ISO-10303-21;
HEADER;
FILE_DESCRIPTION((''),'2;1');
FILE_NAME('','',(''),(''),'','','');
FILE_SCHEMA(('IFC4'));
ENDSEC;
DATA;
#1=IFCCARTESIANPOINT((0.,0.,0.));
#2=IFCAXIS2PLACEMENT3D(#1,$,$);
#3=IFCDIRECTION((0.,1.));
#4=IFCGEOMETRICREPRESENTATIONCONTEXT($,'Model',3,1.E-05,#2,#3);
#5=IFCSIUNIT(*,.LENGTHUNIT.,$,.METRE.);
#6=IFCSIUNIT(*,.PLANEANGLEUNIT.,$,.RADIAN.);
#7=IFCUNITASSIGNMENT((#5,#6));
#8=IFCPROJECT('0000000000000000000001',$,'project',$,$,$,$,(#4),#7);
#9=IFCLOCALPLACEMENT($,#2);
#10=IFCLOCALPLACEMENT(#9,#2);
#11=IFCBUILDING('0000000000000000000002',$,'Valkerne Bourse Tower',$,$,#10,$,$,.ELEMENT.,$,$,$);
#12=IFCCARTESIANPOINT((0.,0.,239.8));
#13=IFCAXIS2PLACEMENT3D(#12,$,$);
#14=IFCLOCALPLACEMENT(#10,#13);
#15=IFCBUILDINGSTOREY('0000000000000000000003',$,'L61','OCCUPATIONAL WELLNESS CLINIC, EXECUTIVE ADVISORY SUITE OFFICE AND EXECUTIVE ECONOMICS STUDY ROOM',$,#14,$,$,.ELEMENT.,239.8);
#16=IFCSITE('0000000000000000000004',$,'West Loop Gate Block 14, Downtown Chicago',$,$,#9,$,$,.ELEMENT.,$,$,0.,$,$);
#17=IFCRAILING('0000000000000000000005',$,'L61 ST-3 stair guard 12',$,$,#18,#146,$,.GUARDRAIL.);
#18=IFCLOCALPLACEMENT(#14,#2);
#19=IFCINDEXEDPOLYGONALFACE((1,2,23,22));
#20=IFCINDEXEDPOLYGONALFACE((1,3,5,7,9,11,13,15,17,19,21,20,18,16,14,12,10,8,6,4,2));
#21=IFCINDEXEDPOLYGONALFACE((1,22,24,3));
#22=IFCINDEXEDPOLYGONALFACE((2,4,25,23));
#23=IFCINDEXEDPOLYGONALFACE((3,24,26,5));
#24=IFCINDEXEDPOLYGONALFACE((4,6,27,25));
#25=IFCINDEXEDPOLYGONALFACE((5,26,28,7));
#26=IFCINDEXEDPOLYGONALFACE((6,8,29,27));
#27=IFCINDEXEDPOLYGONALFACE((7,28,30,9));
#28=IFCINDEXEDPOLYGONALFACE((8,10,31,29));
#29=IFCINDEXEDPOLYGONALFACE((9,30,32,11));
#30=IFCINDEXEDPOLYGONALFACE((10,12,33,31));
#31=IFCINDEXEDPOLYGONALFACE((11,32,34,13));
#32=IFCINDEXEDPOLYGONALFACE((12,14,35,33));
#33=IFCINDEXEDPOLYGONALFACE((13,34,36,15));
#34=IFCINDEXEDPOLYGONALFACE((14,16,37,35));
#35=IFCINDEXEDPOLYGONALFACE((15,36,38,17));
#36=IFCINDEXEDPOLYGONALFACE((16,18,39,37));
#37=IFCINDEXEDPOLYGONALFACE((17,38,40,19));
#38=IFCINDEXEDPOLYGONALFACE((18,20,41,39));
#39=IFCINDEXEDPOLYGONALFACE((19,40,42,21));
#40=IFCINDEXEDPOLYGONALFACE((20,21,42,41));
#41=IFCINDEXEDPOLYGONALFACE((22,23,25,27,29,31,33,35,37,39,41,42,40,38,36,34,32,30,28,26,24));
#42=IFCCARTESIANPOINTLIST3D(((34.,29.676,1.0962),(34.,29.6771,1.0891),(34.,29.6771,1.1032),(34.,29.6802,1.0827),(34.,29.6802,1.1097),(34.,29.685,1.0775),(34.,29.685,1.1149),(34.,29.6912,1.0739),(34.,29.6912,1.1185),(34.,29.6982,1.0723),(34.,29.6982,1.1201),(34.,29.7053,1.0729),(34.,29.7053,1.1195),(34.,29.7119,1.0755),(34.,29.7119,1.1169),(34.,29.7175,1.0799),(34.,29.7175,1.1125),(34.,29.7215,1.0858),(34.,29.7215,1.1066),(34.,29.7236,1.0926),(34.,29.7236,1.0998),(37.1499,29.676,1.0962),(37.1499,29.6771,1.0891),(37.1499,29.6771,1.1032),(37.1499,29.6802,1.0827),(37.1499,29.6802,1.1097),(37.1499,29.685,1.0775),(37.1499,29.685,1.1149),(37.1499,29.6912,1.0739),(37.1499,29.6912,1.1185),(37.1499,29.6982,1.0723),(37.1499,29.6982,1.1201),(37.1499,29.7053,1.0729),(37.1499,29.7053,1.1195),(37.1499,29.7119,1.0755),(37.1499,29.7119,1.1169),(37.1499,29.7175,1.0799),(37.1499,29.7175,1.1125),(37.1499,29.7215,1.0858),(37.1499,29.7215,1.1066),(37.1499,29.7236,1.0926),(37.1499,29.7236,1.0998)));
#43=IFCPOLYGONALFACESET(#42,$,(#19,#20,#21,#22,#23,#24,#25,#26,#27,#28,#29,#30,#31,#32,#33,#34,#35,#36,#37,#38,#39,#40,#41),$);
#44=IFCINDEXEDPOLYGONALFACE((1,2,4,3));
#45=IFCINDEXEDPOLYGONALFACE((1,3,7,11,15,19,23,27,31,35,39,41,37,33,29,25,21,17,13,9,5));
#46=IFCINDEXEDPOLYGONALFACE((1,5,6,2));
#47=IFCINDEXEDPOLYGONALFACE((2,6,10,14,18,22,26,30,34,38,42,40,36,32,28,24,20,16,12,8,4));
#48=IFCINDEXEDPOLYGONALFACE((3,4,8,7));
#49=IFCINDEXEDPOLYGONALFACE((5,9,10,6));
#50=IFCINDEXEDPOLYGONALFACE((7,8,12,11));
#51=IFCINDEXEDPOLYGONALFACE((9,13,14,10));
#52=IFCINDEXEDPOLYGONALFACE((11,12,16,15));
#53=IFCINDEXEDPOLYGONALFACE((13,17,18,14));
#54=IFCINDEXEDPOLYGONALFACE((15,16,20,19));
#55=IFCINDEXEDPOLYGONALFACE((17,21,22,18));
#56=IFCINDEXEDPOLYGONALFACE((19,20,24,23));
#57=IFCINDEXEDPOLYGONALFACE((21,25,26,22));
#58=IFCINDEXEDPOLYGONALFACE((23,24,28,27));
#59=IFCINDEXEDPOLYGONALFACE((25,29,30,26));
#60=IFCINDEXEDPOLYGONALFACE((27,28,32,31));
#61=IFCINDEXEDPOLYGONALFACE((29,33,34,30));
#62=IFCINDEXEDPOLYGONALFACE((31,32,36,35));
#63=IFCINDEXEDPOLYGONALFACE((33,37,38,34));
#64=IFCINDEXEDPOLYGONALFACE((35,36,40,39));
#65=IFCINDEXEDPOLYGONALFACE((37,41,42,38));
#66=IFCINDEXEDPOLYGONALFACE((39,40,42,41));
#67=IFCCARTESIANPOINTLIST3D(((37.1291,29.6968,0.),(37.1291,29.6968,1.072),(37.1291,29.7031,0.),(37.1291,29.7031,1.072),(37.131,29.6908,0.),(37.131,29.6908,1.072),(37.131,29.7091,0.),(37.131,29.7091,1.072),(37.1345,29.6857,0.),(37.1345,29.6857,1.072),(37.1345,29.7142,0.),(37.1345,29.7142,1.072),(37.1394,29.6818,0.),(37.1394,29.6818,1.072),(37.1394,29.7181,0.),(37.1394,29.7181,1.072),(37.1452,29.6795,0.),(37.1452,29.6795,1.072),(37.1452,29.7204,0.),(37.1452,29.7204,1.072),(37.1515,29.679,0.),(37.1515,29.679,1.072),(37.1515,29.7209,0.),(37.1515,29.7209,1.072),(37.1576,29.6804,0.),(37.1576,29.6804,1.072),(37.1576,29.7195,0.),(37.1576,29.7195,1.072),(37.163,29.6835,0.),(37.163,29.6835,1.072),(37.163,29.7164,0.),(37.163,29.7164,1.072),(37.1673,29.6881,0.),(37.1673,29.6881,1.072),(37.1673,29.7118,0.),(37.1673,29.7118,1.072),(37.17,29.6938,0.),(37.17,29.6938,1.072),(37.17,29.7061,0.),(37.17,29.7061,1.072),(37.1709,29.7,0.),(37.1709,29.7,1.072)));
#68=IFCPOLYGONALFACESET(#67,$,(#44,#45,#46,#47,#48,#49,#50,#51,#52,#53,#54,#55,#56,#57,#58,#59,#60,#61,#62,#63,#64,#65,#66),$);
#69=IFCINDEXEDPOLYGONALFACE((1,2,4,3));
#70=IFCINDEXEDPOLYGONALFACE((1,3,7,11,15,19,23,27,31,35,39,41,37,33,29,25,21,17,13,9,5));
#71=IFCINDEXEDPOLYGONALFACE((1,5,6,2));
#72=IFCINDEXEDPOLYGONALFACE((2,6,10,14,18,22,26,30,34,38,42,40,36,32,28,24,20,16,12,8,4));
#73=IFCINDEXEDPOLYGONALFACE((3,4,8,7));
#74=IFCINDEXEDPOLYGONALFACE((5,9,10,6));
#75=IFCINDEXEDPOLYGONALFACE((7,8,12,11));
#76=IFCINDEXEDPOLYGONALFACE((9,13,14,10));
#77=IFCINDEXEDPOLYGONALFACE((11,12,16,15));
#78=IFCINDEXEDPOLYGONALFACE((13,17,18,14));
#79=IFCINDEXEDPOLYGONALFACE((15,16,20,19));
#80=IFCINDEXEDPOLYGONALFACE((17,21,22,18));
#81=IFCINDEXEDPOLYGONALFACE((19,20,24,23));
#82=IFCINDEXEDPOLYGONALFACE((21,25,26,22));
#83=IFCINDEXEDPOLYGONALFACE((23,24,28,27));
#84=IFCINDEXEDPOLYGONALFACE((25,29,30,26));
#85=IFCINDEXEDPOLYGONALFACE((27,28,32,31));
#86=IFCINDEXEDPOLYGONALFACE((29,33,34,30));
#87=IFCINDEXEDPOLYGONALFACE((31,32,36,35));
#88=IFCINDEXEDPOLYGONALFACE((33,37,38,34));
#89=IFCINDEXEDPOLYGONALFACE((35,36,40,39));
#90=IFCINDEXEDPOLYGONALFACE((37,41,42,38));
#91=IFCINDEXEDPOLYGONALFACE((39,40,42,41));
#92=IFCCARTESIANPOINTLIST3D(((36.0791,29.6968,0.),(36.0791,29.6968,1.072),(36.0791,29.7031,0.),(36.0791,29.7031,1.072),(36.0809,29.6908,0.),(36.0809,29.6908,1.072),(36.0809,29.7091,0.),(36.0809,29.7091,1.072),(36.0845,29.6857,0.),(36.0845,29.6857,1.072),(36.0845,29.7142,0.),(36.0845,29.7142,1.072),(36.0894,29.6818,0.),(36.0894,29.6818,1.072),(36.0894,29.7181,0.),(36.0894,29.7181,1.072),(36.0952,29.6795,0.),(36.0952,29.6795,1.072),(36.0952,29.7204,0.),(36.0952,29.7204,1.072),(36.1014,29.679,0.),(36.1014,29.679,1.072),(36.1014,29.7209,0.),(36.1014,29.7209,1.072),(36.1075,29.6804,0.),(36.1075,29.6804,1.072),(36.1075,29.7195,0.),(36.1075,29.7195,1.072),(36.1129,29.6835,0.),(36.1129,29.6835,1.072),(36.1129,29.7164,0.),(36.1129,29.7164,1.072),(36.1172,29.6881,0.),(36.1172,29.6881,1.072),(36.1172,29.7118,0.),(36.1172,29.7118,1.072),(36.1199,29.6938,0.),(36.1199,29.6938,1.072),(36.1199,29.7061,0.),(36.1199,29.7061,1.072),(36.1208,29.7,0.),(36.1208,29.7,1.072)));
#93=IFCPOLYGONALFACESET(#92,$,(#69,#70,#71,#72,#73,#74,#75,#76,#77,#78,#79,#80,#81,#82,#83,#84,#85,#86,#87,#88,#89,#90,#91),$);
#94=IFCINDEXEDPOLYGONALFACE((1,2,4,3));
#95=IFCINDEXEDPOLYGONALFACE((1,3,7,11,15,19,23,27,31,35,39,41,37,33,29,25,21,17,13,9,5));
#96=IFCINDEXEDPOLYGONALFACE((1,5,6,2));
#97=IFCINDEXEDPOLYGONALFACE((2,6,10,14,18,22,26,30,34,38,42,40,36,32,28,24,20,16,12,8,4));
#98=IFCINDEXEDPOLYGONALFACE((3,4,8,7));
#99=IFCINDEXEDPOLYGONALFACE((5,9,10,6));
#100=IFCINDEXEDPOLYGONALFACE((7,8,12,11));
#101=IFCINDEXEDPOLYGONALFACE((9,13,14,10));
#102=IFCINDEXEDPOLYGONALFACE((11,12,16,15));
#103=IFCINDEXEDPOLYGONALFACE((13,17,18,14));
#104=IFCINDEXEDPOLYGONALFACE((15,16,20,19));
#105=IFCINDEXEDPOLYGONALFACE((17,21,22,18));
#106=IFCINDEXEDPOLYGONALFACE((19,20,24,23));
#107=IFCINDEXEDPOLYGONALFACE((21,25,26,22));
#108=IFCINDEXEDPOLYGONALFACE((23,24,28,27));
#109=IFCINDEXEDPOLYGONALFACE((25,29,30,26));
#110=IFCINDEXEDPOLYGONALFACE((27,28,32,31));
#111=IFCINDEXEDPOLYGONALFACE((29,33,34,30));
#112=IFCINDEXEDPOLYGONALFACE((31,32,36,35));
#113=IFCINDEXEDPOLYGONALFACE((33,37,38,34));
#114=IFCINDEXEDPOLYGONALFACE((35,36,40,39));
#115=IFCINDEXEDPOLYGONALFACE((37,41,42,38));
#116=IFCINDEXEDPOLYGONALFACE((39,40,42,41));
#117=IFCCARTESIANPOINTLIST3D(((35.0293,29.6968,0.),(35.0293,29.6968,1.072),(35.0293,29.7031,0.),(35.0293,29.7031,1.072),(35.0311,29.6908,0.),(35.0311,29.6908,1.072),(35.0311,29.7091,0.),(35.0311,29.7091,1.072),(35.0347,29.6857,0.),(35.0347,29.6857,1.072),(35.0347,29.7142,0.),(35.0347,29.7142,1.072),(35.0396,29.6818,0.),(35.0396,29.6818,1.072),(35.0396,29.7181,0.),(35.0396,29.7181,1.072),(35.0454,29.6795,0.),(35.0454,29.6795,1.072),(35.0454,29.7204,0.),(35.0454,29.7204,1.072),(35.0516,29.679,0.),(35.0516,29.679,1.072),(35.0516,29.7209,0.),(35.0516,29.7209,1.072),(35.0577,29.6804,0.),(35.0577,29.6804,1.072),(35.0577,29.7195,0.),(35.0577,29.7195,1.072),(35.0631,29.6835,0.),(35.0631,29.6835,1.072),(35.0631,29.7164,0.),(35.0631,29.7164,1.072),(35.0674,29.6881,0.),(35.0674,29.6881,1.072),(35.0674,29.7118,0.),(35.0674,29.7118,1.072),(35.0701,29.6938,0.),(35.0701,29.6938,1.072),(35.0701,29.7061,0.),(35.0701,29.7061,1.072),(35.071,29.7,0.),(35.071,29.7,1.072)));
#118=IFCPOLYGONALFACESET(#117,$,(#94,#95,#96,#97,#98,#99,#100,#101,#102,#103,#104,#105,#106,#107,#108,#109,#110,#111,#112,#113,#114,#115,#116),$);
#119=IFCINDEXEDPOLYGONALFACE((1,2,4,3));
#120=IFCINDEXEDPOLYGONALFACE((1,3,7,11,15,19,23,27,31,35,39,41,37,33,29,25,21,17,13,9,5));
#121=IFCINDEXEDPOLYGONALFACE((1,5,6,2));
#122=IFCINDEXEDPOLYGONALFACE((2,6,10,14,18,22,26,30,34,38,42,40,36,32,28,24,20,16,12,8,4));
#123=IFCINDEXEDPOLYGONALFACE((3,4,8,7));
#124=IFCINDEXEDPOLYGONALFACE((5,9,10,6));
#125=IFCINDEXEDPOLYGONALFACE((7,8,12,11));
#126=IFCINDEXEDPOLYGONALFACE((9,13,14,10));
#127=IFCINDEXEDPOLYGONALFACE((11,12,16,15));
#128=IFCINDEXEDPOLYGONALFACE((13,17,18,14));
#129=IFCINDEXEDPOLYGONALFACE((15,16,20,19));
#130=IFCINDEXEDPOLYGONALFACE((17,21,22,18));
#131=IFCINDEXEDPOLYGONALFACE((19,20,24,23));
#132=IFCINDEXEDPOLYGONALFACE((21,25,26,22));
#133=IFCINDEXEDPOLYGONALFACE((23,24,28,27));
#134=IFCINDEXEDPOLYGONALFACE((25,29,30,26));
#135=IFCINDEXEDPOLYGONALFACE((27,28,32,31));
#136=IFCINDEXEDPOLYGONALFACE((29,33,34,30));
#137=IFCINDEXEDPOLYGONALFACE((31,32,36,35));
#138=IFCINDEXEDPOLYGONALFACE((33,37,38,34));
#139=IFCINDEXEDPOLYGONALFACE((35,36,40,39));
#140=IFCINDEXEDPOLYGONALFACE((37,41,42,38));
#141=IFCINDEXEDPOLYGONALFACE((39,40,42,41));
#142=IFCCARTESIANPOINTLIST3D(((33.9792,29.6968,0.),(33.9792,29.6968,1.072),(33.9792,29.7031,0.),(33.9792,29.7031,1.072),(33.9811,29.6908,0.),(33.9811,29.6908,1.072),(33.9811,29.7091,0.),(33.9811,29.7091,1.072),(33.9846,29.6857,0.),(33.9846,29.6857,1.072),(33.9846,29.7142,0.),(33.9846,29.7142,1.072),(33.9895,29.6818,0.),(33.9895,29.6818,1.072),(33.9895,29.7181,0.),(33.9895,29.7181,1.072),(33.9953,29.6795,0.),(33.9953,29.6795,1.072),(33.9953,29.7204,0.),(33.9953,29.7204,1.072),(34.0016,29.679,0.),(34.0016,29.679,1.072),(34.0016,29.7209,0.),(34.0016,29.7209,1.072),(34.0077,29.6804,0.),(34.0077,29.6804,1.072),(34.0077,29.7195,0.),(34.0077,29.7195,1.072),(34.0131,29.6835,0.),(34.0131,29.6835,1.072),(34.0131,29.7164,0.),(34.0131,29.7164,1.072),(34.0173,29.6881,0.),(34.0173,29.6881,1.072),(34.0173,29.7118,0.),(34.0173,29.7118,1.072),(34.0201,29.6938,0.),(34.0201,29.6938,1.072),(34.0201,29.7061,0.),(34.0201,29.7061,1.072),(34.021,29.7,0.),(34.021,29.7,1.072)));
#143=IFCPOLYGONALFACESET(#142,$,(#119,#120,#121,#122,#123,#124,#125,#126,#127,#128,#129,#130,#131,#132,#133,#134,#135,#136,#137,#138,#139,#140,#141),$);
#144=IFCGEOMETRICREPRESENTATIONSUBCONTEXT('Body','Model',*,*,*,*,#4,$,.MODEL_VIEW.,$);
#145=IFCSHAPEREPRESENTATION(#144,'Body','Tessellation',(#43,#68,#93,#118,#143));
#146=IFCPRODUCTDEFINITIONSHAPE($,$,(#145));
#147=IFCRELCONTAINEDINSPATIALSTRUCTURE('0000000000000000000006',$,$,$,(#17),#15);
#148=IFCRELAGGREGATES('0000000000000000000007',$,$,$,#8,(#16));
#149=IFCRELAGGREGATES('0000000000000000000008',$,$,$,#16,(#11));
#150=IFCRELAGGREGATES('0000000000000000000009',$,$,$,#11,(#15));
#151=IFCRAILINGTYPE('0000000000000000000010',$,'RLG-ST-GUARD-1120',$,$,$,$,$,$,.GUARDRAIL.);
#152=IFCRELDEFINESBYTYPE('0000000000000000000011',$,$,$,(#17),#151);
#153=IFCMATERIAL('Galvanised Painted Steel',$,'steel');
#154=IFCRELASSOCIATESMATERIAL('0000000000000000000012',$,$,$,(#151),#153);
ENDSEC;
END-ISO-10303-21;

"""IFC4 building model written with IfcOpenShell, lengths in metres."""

from ifc_helpers import new_model, si_unit, direction, frame, origin, origin_2d, place, context, subcontext, project, spatial, circle, extrude, material, type_object, element, save


model = new_model("IFC4")

# Units and contexts
model_context = context("Model", 3, precision=1e-05, world=origin(), true_north=direction((0.0, 1.0)))
body_context = subcontext(model_context, "Body", "Model", "MODEL_VIEW")
ifc_project = project(units=[si_unit("LENGTHUNIT", "METRE"), si_unit("PLANEANGLEUNIT", "RADIAN")], contexts=[model_context])

# Site, building, storey
site_placement = place(None, origin())
site = spatial("IfcSite", under=ifc_project, at=site_placement, Name="West Loop Gate Block 14, Downtown Chicago", CompositionType="ELEMENT", RefElevation=0.0)
building_placement = place(site_placement, origin())
building = spatial("IfcBuilding", under=site, at=building_placement, Name="Valkerne Bourse Tower", CompositionType="ELEMENT")
storey_placement = place(building_placement, frame((0.0, 0.0, 239.8)))
storey = spatial("IfcBuildingStorey", under=building, at=storey_placement, Name="L61", Description="OCCUPATIONAL WELLNESS CLINIC, EXECUTIVE ADVISORY SUITE OFFICE AND EXECUTIVE ECONOMICS STUDY ROOM", CompositionType="ELEMENT", Elevation=239.8)

# Shared definitions
ifc_material_1 = material(Name="Galvanised Painted Steel", Category="steel")

# Railing
railing_type = type_object("IfcRailingType", Name="RLG-ST-GUARD-1120", PredefinedType="GUARDRAIL", material=ifc_material_1)
railing_1_placement = place(storey_placement, frame((37.1499, 29.7, 0.0)))
element("IfcRailing", 1, at=railing_1_placement, inside=storey, type_object=railing_type, Name="L61 ST-3 stair guard 12", PredefinedType="GUARDRAIL", context=body_context, shape_type="SweptSolid", body=[
    extrude(circle(Radius=0.0239, at=origin_2d()), frame((0.0, 0.0, 1.0962), z_axis=(-1.0, 0.0, 0.0), x_axis=(0.0, -1.0, 0.0)), (0.0, 0.0, 1.0), 3.1499),
    extrude(circle(Radius=0.021, at=origin_2d()), origin(), (0.0, 0.0, 1.0), 1.072),
    extrude(circle(Radius=0.021, at=origin_2d()), frame((-1.05, 0.0, 0.0)), (0.0, 0.0, 1.0), 1.072),
    extrude(circle(Radius=0.021, at=origin_2d()), frame((-2.0999, 0.0, 0.0)), (0.0, 0.0, 1.0), 1.072),
    extrude(circle(Radius=0.021, at=origin_2d()), frame((-3.1499, 0.0, 0.0)), (0.0, 0.0, 1.0), 1.072),
])

save(model, "model.ifc")
